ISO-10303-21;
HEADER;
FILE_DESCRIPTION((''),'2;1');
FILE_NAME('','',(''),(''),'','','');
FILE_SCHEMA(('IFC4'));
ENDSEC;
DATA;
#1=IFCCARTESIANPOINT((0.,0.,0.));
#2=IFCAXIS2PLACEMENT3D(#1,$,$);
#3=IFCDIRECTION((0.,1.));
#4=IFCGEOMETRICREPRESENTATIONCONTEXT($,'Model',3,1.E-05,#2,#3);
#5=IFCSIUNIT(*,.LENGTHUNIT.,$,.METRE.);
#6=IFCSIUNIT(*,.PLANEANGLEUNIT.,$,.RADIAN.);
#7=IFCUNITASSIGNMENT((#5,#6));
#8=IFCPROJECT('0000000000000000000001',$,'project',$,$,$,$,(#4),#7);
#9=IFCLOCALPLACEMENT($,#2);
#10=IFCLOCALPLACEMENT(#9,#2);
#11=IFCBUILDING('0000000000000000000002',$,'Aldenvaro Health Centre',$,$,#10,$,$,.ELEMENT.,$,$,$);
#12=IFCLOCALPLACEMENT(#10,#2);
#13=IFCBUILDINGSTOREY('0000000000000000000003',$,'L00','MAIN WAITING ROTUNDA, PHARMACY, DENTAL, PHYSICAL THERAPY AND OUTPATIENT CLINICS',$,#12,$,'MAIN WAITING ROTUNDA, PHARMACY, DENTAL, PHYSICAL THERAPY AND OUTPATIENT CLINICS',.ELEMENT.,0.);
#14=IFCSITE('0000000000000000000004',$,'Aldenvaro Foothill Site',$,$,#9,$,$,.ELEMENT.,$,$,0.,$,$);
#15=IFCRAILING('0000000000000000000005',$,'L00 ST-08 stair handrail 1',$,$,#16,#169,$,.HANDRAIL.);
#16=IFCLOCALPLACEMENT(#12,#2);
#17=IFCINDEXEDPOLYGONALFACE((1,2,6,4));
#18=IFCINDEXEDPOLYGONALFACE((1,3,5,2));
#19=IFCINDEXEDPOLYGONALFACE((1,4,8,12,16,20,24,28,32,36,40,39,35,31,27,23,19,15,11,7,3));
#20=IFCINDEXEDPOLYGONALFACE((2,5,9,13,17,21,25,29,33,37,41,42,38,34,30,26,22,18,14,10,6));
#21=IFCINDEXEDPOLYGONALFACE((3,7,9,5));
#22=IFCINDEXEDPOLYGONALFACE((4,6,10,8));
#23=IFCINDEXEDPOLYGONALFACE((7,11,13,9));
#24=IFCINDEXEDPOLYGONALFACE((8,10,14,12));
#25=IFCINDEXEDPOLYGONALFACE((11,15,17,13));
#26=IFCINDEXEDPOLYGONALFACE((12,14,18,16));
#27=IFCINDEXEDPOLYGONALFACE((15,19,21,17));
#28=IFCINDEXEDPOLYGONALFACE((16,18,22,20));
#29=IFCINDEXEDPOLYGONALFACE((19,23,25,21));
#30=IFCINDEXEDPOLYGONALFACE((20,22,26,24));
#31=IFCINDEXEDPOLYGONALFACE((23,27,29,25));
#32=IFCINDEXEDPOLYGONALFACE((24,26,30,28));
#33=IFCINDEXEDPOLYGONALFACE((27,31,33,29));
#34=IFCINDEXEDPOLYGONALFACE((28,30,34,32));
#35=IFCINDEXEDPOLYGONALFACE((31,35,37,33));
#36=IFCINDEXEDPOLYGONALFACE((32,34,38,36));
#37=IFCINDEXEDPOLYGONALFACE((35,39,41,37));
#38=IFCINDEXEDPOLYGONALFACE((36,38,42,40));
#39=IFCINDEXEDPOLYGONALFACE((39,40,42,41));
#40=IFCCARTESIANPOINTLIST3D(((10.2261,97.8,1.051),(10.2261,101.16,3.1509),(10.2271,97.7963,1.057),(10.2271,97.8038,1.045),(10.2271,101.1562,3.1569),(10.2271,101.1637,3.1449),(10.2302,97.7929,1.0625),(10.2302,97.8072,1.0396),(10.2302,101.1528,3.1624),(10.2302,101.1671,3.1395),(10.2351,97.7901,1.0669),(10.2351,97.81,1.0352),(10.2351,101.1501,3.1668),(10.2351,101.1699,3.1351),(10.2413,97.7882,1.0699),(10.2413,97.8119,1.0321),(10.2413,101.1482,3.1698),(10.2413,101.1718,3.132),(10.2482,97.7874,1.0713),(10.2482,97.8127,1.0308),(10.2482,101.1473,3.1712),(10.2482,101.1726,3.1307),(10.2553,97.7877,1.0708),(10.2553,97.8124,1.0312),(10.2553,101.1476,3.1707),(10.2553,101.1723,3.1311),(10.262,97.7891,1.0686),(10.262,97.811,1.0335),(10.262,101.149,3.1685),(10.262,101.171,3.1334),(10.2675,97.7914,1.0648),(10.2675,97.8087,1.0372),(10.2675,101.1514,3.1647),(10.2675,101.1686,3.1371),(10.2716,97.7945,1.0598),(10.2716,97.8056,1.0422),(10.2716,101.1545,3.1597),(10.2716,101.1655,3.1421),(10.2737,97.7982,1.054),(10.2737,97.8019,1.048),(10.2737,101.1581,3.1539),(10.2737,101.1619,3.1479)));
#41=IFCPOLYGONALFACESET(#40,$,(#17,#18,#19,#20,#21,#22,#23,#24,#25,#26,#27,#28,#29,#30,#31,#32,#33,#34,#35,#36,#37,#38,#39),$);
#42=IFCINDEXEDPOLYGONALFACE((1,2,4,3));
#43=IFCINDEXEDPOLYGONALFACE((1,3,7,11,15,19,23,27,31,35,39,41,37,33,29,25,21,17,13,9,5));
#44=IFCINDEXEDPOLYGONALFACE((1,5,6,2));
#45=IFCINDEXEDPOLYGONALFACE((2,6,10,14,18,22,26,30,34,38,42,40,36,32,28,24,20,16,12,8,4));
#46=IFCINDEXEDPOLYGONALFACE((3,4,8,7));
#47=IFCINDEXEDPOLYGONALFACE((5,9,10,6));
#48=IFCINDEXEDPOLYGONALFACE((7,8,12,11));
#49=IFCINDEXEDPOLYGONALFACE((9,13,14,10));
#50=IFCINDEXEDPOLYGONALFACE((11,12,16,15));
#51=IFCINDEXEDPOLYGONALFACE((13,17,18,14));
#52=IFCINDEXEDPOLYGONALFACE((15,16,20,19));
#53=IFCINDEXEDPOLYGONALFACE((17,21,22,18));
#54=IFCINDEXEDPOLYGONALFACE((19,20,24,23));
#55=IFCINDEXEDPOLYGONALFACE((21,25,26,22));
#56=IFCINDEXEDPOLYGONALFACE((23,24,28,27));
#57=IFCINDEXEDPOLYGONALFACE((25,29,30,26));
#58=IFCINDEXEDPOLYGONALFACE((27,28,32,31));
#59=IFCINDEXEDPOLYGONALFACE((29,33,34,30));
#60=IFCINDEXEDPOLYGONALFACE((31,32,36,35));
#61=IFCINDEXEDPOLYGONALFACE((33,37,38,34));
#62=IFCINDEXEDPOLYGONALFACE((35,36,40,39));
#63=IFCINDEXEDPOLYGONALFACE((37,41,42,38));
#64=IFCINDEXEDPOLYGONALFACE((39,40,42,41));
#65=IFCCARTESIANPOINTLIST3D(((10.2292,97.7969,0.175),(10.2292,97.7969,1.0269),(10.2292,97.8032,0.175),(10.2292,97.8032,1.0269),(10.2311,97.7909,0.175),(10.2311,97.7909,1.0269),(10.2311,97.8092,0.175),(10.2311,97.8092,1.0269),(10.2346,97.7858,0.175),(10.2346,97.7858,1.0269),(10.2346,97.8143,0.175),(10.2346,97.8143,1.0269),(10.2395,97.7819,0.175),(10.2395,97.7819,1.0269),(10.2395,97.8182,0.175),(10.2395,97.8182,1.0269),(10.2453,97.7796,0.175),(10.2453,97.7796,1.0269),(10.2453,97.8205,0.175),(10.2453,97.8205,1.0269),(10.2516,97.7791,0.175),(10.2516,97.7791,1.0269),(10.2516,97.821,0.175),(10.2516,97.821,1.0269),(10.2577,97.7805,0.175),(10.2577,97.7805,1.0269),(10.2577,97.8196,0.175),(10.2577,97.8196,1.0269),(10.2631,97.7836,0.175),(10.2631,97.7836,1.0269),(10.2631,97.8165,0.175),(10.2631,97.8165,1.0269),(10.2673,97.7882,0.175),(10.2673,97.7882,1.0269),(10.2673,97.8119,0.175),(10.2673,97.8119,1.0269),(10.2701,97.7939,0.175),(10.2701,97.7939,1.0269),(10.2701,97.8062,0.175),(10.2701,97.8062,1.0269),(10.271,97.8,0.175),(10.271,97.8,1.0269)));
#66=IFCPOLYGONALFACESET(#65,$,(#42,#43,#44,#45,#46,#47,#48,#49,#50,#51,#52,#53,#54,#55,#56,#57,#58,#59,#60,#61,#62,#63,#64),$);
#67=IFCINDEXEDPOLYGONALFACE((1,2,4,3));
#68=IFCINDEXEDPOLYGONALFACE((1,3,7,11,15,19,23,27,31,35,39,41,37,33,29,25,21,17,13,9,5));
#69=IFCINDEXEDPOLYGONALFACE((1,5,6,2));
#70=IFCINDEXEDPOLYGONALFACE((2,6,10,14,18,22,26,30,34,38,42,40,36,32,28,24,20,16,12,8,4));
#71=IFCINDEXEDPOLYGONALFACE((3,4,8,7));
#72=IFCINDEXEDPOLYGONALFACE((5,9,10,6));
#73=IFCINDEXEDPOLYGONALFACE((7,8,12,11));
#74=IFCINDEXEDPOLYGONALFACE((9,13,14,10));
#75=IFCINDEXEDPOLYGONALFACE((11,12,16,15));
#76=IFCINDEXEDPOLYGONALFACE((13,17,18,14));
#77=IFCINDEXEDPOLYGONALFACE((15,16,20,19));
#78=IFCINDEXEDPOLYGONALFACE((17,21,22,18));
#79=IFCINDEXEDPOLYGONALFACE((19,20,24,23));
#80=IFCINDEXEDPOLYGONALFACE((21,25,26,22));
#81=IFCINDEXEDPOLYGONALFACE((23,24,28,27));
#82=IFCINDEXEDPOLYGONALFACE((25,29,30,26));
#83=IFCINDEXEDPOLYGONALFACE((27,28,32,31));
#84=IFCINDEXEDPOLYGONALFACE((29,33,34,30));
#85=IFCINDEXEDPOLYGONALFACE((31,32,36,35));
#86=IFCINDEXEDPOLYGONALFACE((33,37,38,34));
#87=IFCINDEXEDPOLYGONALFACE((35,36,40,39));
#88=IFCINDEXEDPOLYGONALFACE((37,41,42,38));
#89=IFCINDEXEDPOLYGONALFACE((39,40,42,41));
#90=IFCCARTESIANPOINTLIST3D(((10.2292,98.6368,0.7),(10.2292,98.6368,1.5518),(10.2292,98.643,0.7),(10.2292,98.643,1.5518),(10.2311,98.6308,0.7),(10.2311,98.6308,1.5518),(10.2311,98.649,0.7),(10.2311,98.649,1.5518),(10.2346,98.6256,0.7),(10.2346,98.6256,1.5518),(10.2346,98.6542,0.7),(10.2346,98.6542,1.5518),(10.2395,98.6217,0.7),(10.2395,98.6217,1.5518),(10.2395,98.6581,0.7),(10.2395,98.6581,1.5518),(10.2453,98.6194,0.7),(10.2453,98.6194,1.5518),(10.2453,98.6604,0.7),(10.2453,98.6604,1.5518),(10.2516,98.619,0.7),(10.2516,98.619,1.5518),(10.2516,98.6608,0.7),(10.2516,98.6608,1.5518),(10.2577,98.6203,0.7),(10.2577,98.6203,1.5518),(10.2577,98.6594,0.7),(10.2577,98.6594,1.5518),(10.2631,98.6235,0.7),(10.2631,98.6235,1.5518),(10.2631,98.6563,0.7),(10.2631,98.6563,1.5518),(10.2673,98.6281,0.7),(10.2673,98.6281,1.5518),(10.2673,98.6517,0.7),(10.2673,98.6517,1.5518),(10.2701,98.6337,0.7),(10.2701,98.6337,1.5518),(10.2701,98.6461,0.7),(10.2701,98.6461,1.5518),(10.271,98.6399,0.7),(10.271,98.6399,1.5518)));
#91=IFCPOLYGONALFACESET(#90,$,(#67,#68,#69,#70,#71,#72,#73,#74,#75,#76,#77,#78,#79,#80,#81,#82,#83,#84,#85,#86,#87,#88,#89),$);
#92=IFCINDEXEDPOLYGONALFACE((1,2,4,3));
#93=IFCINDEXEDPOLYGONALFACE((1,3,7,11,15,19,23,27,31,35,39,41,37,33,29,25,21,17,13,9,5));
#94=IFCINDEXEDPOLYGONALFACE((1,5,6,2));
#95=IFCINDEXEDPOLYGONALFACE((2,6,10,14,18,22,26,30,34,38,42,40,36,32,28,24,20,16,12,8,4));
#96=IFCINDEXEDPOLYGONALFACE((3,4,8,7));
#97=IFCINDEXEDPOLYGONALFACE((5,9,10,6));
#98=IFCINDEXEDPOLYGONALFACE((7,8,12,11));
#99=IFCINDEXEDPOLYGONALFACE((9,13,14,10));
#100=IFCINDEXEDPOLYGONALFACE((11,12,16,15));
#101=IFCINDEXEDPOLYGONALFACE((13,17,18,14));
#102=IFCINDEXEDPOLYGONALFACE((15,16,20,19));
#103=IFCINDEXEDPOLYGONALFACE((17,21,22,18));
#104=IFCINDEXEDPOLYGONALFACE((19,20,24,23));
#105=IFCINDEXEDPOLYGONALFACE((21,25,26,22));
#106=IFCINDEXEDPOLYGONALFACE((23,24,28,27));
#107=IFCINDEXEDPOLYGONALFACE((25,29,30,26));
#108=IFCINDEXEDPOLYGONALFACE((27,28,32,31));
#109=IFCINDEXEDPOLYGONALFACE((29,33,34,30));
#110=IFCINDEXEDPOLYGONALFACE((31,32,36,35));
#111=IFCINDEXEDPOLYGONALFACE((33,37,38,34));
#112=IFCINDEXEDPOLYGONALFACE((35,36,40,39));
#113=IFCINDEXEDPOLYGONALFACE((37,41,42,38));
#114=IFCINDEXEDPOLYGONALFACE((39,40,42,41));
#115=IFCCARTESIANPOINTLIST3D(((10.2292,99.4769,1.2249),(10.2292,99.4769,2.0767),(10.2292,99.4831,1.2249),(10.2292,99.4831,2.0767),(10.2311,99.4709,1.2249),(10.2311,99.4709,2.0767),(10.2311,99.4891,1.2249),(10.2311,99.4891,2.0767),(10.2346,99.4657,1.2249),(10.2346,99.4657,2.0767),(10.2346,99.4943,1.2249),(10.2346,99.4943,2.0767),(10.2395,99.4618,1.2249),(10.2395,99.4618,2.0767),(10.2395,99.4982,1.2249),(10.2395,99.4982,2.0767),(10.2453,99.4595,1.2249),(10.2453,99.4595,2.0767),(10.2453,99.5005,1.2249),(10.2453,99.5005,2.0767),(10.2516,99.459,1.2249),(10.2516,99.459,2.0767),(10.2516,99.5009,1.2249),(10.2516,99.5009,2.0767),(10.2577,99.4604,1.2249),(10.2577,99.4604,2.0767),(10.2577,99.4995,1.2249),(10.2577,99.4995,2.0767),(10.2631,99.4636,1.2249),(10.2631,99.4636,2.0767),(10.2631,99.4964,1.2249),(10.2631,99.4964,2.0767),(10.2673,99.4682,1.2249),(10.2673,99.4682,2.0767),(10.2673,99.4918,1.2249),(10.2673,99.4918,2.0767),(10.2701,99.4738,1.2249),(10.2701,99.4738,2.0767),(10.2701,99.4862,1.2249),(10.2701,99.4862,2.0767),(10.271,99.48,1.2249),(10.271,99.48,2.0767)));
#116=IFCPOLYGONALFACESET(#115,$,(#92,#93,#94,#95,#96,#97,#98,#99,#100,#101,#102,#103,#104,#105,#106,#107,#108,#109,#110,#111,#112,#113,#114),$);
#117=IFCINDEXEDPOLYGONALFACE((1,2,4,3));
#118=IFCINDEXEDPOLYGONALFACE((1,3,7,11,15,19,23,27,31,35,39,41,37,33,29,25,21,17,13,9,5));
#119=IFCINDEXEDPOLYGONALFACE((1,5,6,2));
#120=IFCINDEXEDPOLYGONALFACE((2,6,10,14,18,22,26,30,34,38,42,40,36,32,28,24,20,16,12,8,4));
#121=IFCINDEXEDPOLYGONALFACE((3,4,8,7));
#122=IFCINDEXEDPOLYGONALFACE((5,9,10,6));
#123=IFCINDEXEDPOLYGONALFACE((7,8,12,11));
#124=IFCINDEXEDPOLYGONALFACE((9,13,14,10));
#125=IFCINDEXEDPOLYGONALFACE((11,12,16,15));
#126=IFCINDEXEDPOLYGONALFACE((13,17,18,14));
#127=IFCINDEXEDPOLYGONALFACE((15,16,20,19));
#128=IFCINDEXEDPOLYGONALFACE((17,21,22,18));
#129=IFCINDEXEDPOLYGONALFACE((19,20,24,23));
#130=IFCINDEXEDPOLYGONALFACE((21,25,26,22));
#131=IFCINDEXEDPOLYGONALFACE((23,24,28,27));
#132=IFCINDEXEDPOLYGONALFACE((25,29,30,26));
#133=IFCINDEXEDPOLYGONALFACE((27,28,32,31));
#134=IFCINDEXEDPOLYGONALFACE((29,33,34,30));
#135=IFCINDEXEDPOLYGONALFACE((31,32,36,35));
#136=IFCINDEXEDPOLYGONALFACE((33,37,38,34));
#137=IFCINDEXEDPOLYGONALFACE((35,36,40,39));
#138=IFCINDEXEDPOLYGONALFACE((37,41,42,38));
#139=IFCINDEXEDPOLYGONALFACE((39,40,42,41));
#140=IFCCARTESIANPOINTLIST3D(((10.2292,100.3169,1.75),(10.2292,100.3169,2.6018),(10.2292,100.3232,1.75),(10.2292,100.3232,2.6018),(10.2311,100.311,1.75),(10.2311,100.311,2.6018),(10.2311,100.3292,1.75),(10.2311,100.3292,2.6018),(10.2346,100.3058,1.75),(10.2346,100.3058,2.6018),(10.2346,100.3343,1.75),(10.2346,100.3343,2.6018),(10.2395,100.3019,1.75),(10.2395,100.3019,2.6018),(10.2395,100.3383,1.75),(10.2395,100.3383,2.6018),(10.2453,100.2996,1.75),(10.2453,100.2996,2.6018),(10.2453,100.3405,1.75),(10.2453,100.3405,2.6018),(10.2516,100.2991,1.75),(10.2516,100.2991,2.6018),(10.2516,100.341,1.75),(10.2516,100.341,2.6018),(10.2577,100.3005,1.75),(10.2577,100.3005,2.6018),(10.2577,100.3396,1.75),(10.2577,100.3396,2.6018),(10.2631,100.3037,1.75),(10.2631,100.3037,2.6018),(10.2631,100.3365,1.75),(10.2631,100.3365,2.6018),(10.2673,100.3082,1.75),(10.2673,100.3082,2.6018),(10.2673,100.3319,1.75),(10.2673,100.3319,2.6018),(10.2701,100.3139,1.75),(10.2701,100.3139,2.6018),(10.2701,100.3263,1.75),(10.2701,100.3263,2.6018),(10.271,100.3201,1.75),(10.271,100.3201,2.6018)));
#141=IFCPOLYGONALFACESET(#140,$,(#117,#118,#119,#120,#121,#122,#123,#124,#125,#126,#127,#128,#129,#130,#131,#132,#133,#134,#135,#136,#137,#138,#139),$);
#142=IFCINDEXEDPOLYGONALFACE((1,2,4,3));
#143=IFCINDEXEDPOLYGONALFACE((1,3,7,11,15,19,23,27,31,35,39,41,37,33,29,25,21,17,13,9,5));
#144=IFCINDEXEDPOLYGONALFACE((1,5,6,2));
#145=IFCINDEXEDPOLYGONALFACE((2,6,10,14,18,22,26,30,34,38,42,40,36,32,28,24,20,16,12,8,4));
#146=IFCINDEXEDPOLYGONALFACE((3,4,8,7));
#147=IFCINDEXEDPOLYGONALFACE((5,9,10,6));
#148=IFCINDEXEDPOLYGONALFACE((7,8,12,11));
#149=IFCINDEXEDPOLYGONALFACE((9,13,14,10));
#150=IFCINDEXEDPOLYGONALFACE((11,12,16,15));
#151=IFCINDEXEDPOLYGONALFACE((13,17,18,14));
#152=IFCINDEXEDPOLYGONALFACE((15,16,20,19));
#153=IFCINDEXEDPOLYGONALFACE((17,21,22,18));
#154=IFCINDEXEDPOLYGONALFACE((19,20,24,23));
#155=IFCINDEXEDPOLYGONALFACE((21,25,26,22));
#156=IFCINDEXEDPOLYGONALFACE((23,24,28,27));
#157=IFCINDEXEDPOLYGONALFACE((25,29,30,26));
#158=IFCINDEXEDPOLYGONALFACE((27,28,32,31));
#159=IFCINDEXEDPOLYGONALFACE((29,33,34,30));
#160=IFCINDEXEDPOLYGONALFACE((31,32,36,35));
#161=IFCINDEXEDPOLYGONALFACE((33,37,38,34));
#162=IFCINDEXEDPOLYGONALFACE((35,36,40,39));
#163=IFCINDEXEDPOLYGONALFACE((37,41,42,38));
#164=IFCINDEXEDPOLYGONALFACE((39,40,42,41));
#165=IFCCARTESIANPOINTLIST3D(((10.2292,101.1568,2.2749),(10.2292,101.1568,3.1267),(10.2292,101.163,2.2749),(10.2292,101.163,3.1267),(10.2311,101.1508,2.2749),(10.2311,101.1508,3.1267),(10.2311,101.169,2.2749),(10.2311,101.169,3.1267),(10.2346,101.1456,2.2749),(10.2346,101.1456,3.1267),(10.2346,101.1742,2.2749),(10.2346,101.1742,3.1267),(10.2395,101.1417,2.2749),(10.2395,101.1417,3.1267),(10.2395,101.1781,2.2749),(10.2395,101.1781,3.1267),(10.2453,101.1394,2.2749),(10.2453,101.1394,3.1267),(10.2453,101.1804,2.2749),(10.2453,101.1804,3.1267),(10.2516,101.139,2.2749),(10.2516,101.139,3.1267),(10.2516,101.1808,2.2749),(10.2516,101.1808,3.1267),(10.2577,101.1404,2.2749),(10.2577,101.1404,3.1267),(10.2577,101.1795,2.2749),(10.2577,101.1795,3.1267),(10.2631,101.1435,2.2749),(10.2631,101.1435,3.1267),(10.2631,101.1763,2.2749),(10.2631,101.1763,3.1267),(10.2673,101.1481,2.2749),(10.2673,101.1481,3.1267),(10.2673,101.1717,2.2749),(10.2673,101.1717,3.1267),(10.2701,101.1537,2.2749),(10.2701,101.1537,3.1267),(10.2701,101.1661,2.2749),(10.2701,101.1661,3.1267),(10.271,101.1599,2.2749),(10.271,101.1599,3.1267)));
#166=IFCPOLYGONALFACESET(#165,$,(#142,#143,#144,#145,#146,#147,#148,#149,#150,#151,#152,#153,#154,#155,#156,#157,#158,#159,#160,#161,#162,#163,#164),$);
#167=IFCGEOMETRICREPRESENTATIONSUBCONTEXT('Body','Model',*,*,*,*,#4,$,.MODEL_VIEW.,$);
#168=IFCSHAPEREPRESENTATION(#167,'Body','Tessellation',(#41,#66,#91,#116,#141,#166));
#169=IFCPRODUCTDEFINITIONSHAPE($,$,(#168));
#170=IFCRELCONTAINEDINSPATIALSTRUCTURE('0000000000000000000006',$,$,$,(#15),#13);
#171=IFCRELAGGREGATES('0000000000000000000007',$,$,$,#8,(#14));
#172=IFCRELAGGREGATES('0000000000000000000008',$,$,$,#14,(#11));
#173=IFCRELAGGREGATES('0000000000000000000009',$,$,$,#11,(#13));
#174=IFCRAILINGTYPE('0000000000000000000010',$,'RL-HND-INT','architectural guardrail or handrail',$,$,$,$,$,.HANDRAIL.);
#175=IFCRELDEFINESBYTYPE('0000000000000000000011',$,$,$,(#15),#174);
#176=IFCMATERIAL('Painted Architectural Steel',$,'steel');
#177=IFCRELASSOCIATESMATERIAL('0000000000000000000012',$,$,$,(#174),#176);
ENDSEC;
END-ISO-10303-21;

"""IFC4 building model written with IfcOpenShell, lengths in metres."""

from ifc_helpers import new_model, si_unit, direction, frame, origin, origin_2d, place, context, subcontext, project, spatial, circle, extrude, material, type_object, element, save


model = new_model("IFC4")

# Units and contexts
model_context = context("Model", 3, precision=1e-05, world=origin(), true_north=direction((0.0, 1.0)))
body_context = subcontext(model_context, "Body", "Model", "MODEL_VIEW")
ifc_project = project(units=[si_unit("LENGTHUNIT", "METRE"), si_unit("PLANEANGLEUNIT", "RADIAN")], contexts=[model_context])

# Site, building, storey
site_placement = place(None, origin())
site = spatial("IfcSite", under=ifc_project, at=site_placement, Name="Aldenvaro Foothill Site", CompositionType="ELEMENT", RefElevation=0.0)
building_placement = place(site_placement, origin())
building = spatial("IfcBuilding", under=site, at=building_placement, Name="Aldenvaro Health Centre", CompositionType="ELEMENT")
storey_placement = place(building_placement, origin())
storey = spatial("IfcBuildingStorey", under=building, at=storey_placement, Name="L00", Description="MAIN WAITING ROTUNDA, PHARMACY, DENTAL, PHYSICAL THERAPY AND OUTPATIENT CLINICS", LongName="MAIN WAITING ROTUNDA, PHARMACY, DENTAL, PHYSICAL THERAPY AND OUTPATIENT CLINICS", CompositionType="ELEMENT", Elevation=0.0)

# Railing
ifc_material_1 = material(Name="Painted Architectural Steel", Category="steel")
railing_type = type_object("IfcRailingType", Name="RL-HND-INT", Description="architectural guardrail or handrail", PredefinedType="HANDRAIL", material=ifc_material_1)
railing_placement = place(storey_placement, frame((10.25, 97.8, 0.175)))
element("IfcRailing", 1, at=railing_placement, inside=storey, type_object=railing_type, Name="L00 ST-08 stair handrail 1", PredefinedType="HANDRAIL", context=body_context, shape_type="SweptSolid", body=[
    extrude(circle(Radius=0.0239, at=origin_2d()), frame((0.0, 0.0, 0.876), z_axis=(0.0, 0.848005, 0.529988), x_axis=(-1.0, 0.0, 0.0)), (0.0, 0.0, 1.0), 3.9622),
    extrude(circle(Radius=0.021, at=origin_2d()), origin(), (0.0, 0.0, 1.0), 0.8518),
    extrude(circle(Radius=0.021, at=origin_2d()), frame((0.0, 0.8398, 0.5249)), (0.0, 0.0, 1.0), 0.8518),
    extrude(circle(Radius=0.021, at=origin_2d()), frame((0.0, 1.6799, 1.0498)), (0.0, 0.0, 1.0), 0.8518),
    extrude(circle(Radius=0.021, at=origin_2d()), frame((0.0, 2.52, 1.575)), (0.0, 0.0, 1.0), 0.8518),
    extrude(circle(Radius=0.021, at=origin_2d()), frame((0.0, 3.3599, 2.0999)), (0.0, 0.0, 1.0), 0.8518),
])

save(model, "model.ifc")
